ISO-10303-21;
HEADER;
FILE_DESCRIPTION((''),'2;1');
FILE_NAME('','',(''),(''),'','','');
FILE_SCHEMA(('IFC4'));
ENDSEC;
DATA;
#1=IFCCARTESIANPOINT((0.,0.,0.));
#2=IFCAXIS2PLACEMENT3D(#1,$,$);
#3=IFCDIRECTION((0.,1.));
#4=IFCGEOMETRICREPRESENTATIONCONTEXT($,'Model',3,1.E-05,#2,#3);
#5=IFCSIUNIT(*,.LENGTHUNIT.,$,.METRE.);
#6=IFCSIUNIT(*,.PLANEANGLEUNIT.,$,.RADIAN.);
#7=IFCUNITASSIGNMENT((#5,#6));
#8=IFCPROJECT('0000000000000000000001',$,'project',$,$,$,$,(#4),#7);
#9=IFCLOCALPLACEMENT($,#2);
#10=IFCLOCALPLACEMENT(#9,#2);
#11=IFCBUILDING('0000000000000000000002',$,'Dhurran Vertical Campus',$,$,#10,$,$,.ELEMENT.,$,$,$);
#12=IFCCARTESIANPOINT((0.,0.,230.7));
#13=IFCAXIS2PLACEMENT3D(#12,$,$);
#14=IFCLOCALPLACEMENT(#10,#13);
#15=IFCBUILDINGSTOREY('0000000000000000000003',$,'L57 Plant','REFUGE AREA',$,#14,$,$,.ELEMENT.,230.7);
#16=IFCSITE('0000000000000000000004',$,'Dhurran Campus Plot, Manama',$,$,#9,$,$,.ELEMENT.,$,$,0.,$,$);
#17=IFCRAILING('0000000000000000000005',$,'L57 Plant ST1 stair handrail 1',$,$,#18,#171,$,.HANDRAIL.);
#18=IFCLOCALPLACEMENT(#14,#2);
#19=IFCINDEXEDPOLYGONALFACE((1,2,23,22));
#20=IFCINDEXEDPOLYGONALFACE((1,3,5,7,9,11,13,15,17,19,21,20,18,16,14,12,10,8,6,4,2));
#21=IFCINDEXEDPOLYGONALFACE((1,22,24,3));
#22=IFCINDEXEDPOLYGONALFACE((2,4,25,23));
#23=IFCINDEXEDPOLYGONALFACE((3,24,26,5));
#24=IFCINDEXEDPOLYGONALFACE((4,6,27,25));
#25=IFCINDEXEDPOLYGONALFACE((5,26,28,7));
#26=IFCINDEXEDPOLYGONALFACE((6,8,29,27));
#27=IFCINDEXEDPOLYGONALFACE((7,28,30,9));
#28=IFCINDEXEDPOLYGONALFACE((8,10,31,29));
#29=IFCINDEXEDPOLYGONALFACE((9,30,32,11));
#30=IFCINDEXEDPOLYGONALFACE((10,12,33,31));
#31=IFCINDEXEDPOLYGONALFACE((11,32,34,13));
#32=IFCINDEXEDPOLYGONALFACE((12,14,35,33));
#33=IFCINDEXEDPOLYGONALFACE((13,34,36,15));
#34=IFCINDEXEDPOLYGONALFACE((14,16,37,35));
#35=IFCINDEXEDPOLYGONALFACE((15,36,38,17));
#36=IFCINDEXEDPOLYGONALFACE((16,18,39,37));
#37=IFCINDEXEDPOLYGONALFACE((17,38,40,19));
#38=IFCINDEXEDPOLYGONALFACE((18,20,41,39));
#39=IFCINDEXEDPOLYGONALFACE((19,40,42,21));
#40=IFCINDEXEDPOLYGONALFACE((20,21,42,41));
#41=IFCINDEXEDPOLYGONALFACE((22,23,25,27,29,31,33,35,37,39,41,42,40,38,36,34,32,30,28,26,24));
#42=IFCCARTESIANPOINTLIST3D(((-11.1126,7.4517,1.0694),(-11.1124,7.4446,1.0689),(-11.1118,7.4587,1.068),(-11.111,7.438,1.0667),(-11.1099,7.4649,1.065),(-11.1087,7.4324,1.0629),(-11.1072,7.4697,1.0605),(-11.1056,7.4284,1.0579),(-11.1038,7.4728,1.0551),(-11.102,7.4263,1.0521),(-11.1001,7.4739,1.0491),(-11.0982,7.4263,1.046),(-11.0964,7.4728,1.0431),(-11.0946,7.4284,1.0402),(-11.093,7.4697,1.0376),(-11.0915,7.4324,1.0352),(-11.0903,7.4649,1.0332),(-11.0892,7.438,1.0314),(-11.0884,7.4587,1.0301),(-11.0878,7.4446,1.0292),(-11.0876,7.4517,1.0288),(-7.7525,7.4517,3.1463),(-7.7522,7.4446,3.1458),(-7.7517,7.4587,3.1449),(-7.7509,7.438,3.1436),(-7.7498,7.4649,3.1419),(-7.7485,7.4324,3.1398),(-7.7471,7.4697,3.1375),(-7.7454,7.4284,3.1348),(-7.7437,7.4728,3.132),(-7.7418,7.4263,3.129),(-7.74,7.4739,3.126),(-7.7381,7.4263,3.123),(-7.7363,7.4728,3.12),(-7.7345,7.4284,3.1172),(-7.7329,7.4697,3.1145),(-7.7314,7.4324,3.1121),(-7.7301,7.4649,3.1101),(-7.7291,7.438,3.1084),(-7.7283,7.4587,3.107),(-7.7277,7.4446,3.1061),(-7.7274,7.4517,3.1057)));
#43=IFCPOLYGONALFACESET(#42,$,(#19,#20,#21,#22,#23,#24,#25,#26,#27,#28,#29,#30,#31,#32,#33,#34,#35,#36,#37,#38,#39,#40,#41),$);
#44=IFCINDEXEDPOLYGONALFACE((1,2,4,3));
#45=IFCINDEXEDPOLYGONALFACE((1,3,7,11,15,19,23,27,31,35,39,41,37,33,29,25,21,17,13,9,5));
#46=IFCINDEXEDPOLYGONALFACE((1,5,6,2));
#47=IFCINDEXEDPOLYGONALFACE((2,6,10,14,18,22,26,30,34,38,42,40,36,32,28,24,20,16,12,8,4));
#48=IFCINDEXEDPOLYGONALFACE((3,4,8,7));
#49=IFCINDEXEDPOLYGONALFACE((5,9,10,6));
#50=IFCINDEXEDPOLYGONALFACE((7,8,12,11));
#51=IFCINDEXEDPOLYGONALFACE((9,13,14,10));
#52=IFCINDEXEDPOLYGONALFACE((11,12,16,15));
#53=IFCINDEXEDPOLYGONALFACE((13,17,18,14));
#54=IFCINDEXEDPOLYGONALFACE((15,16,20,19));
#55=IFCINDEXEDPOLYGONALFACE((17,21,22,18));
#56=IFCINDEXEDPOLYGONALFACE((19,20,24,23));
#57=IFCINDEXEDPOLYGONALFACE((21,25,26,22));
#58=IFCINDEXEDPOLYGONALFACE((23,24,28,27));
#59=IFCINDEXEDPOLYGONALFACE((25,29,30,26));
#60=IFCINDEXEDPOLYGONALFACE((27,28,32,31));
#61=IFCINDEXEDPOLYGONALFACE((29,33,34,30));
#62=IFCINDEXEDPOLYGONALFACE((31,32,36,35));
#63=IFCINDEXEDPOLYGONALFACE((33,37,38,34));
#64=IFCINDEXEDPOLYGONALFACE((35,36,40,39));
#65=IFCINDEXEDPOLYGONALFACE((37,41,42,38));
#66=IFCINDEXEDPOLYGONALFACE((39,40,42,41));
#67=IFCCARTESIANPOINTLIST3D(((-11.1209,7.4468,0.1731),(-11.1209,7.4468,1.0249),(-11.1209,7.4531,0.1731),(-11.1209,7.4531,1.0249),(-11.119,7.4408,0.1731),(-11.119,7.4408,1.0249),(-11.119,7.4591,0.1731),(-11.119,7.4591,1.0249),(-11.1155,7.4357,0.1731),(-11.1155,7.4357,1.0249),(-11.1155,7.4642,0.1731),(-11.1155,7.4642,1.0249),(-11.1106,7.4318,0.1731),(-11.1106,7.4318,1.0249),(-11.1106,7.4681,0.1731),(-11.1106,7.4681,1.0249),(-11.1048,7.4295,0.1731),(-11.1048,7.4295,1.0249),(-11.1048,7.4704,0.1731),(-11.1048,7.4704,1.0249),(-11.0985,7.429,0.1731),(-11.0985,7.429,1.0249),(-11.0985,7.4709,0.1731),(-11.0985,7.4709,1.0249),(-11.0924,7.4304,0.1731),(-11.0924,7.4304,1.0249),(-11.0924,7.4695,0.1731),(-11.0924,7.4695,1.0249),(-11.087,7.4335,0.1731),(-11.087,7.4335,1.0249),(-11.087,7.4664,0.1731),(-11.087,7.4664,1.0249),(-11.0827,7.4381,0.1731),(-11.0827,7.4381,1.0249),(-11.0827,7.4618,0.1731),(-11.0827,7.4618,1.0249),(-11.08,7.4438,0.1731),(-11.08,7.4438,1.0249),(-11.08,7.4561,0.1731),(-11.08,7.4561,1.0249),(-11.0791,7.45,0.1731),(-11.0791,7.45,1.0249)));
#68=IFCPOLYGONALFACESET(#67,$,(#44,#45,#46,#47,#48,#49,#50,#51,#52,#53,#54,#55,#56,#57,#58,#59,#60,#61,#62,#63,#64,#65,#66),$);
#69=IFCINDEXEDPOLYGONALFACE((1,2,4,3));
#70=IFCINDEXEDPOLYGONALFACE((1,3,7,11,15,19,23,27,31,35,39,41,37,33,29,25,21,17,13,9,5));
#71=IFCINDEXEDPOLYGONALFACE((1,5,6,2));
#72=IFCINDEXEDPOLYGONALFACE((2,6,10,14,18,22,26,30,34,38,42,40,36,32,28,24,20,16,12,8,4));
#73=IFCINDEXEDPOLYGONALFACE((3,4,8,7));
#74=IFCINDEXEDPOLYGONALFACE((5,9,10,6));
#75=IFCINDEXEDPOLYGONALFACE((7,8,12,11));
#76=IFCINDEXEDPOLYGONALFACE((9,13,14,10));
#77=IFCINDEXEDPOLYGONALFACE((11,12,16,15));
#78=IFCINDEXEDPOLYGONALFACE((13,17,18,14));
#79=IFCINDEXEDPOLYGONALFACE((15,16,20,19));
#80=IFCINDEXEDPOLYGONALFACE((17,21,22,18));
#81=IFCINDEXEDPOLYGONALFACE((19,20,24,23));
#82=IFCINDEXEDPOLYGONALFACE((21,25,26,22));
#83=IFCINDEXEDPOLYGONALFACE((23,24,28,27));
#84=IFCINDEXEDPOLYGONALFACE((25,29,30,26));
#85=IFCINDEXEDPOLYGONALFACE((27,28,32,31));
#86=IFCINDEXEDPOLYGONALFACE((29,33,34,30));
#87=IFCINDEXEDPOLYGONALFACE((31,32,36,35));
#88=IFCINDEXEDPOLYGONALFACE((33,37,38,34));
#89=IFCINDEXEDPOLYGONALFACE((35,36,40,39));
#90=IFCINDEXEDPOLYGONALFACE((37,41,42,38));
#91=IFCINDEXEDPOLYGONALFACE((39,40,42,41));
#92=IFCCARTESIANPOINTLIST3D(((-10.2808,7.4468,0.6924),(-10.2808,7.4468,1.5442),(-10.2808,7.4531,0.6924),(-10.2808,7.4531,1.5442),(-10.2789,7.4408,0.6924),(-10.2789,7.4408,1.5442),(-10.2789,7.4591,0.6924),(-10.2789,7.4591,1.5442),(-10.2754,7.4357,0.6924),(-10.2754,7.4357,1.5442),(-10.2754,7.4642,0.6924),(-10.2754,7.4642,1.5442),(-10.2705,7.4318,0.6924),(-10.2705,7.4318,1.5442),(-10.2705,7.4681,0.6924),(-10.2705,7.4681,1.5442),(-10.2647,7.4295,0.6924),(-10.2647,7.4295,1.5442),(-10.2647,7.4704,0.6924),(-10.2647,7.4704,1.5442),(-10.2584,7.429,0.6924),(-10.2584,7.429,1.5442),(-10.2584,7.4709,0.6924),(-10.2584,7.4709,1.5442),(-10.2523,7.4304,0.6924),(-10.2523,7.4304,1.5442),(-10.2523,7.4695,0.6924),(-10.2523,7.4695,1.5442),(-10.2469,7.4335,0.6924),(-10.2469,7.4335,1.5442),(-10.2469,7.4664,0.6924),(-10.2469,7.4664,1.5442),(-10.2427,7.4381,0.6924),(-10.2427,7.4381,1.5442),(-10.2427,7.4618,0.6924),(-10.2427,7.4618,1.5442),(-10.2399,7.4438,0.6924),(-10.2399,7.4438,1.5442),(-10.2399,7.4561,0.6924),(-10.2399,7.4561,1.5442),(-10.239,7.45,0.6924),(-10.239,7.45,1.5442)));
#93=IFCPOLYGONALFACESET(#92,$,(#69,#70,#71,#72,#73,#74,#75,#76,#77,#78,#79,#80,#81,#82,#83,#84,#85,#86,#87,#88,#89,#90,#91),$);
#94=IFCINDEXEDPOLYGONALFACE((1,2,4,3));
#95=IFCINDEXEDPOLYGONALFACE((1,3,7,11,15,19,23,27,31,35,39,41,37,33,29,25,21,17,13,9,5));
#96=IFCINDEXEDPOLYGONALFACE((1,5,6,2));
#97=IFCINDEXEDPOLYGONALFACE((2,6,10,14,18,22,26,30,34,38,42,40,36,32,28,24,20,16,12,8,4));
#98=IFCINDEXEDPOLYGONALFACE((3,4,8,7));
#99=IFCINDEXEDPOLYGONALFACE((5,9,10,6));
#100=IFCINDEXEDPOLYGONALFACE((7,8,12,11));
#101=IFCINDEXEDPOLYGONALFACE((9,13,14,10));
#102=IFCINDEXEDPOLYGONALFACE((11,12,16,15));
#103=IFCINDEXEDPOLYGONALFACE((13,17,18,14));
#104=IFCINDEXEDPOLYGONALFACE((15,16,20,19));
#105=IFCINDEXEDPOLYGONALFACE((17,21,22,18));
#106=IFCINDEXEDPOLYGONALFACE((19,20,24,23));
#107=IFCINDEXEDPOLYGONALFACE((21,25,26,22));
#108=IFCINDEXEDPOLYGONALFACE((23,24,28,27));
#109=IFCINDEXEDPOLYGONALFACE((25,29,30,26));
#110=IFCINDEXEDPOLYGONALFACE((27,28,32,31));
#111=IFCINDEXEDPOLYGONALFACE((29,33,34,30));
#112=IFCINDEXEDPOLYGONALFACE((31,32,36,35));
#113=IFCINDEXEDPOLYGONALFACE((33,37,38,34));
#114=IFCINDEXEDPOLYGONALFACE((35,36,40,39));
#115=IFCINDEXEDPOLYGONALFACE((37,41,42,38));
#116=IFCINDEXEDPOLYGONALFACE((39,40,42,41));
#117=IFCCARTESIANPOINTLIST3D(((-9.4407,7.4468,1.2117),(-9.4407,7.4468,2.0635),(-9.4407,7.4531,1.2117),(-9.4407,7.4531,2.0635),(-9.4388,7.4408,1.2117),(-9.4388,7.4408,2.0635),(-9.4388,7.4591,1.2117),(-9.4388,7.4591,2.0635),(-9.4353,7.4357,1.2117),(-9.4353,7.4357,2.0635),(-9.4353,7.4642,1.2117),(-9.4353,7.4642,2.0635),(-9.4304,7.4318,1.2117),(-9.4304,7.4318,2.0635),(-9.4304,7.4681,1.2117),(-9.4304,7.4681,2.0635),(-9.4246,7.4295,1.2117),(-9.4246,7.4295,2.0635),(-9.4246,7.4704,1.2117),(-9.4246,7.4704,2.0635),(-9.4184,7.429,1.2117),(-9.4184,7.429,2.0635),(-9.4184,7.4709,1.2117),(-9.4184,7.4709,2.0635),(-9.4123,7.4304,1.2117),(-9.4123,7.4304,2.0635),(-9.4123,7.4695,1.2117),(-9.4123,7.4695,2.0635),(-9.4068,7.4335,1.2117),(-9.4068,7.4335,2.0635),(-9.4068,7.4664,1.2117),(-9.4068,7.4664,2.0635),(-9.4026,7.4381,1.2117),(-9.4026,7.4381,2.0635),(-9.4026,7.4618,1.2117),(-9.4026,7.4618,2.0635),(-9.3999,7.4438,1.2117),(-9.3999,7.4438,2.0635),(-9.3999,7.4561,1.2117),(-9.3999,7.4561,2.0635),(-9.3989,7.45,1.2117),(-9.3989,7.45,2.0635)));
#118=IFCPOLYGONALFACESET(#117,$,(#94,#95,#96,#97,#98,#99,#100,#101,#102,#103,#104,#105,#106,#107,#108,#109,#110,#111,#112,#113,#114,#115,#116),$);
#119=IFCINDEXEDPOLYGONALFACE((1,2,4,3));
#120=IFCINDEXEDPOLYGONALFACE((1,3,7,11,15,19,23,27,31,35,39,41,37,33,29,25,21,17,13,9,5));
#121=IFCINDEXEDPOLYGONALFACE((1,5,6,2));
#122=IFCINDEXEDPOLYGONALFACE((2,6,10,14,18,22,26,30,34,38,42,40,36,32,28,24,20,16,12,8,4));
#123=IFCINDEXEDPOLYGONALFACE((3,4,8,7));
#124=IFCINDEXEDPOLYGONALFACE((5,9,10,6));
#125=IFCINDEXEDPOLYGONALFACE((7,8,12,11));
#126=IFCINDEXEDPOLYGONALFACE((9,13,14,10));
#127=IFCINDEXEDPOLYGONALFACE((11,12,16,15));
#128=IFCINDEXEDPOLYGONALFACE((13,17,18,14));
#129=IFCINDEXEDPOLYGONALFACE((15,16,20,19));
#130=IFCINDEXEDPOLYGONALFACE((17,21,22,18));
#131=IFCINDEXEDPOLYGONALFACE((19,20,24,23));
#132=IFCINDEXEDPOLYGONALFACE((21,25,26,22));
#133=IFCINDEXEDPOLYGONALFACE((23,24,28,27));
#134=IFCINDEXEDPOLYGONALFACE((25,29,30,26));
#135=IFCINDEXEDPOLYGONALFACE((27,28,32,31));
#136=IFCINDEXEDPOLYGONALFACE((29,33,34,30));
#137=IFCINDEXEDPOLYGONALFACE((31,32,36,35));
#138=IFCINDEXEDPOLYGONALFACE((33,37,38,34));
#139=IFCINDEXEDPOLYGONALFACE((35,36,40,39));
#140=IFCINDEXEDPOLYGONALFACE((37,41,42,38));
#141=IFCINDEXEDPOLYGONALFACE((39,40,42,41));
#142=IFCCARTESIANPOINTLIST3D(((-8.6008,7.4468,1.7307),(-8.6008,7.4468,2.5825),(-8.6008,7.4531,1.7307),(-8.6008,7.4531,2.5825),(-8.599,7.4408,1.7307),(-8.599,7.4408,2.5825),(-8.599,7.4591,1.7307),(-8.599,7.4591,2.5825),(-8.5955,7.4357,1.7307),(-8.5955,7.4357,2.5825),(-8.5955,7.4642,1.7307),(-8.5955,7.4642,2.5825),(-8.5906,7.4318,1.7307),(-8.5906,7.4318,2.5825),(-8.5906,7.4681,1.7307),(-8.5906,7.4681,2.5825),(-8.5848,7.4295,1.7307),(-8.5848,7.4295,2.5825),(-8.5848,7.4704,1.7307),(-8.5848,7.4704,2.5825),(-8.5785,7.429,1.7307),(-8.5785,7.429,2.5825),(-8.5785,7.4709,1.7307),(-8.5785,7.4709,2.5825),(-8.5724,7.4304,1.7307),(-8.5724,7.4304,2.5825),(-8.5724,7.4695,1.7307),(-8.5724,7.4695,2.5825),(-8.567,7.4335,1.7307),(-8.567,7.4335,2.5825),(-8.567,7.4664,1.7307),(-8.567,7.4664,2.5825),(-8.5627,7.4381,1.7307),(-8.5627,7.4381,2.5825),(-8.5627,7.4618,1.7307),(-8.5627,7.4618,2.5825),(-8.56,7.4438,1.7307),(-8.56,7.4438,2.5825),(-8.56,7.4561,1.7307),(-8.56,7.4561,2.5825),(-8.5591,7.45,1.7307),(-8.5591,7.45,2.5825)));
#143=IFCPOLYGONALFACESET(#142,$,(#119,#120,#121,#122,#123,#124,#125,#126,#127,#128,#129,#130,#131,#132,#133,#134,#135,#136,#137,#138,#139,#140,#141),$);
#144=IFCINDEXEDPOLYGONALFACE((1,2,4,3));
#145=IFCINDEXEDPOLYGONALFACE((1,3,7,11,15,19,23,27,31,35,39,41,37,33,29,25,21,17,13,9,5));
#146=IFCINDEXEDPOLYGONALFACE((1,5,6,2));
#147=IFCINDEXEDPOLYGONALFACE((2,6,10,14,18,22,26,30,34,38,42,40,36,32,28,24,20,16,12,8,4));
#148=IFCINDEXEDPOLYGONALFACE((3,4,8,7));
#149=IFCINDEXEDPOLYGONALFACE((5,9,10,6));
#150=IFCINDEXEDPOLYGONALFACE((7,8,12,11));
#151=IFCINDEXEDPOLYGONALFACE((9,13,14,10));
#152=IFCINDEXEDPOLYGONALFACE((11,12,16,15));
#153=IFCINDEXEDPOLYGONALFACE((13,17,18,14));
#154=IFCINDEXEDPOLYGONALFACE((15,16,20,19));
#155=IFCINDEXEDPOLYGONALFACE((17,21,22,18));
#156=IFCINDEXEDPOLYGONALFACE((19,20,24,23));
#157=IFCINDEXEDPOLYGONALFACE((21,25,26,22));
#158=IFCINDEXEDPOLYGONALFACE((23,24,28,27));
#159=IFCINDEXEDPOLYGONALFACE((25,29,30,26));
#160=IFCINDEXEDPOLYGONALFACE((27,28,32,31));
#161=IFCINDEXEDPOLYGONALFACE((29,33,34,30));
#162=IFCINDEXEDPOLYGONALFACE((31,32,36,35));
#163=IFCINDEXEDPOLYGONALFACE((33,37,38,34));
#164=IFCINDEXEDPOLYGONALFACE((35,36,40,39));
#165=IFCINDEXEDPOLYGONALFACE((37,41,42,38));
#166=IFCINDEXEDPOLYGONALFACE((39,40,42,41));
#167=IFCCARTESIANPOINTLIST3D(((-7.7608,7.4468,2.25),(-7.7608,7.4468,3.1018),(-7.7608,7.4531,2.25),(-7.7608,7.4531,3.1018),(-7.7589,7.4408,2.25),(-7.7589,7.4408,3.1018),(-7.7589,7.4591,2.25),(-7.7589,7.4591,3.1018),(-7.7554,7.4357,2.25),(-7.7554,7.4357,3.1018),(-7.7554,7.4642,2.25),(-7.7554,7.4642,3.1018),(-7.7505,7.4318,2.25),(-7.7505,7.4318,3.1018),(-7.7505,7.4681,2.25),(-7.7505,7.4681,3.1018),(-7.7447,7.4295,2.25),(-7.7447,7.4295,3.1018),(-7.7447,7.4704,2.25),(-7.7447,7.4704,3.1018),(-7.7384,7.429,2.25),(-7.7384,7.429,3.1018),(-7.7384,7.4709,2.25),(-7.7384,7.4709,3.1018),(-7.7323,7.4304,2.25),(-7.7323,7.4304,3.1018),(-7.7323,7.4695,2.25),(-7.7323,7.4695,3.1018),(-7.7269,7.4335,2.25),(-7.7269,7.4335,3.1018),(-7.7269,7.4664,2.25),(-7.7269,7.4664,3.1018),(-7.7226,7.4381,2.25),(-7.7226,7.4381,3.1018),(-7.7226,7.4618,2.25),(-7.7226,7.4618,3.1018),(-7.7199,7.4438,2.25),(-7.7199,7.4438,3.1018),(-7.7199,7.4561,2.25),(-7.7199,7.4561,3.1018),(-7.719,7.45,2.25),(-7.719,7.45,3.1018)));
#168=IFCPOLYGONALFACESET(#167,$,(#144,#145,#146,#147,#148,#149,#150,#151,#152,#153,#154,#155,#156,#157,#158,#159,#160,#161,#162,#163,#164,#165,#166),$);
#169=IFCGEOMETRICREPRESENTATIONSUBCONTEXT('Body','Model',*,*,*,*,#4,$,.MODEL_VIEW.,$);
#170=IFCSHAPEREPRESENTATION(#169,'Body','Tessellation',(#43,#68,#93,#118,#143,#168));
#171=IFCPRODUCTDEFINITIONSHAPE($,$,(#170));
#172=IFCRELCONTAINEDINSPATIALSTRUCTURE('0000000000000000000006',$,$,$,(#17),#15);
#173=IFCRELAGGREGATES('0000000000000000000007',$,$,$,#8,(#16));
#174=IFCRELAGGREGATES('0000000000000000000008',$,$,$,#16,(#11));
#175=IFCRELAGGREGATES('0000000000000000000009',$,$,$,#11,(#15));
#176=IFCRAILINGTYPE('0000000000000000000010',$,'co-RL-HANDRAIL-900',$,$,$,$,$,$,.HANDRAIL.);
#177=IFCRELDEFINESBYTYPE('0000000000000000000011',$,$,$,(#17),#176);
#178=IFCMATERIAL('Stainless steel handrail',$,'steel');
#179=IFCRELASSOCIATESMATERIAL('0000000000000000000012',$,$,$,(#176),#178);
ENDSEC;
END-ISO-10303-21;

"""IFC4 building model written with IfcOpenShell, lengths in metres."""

from ifc_helpers import new_model, si_unit, direction, frame, origin, origin_2d, place, context, subcontext, project, spatial, circle, extrude, material, type_object, element, save


model = new_model("IFC4")

# Units and contexts
model_context = context("Model", 3, precision=1e-05, world=origin(), true_north=direction((0.0, 1.0)))
body_context = subcontext(model_context, "Body", "Model", "MODEL_VIEW")
ifc_project = project(units=[si_unit("LENGTHUNIT", "METRE"), si_unit("PLANEANGLEUNIT", "RADIAN")], contexts=[model_context])

# Site, building, storey
site_placement = place(None, origin())
site = spatial("IfcSite", under=ifc_project, at=site_placement, Name="Dhurran Campus Plot, Manama", CompositionType="ELEMENT", RefElevation=0.0)
building_placement = place(site_placement, origin())
building = spatial("IfcBuilding", under=site, at=building_placement, Name="Dhurran Vertical Campus", CompositionType="ELEMENT")
storey_placement = place(building_placement, frame((0.0, 0.0, 230.7)))
storey = spatial("IfcBuildingStorey", under=building, at=storey_placement, Name="L57 Plant", Description="REFUGE AREA", CompositionType="ELEMENT", Elevation=230.7)

# Railing
ifc_material_1 = material(Name="Stainless steel handrail", Category="steel")
railing_type_1 = type_object("IfcRailingType", Name="co-RL-HANDRAIL-900", PredefinedType="HANDRAIL", material=ifc_material_1)
railing_1_placement = place(storey_placement, frame((-11.1001, 7.45, 0.1731)))
element("IfcRailing", 1, at=railing_1_placement, inside=storey, type_object=railing_type_1, Name="L57 Plant ST1 stair handrail 1", PredefinedType="HANDRAIL", context=body_context, shape_type="SweptSolid", body=[
    extrude(circle(Radius=0.0239, at=origin_2d()), frame((0.0, 0.0, 0.876), z_axis=(0.850623, 0.0, 0.525776), x_axis=(0.0, 1.0, 0.0)), (0.0, 0.0, 1.0), 3.9502),
    extrude(circle(Radius=0.021, at=origin_2d()), origin(), (0.0, 0.0, 1.0), 0.8518),
    extrude(circle(Radius=0.021, at=origin_2d()), frame((0.8401, 0.0, 0.5193)), (0.0, 0.0, 1.0), 0.8518),
    extrude(circle(Radius=0.021, at=origin_2d()), frame((1.6802, 0.0, 1.0386)), (0.0, 0.0, 1.0), 0.8518),
    extrude(circle(Radius=0.021, at=origin_2d()), frame((2.52, 0.0, 1.5576)), (0.0, 0.0, 1.0), 0.8518),
    extrude(circle(Radius=0.021, at=origin_2d()), frame((3.3601, 0.0, 2.0769)), (0.0, 0.0, 1.0), 0.8518),
])

save(model, "model.ifc")
